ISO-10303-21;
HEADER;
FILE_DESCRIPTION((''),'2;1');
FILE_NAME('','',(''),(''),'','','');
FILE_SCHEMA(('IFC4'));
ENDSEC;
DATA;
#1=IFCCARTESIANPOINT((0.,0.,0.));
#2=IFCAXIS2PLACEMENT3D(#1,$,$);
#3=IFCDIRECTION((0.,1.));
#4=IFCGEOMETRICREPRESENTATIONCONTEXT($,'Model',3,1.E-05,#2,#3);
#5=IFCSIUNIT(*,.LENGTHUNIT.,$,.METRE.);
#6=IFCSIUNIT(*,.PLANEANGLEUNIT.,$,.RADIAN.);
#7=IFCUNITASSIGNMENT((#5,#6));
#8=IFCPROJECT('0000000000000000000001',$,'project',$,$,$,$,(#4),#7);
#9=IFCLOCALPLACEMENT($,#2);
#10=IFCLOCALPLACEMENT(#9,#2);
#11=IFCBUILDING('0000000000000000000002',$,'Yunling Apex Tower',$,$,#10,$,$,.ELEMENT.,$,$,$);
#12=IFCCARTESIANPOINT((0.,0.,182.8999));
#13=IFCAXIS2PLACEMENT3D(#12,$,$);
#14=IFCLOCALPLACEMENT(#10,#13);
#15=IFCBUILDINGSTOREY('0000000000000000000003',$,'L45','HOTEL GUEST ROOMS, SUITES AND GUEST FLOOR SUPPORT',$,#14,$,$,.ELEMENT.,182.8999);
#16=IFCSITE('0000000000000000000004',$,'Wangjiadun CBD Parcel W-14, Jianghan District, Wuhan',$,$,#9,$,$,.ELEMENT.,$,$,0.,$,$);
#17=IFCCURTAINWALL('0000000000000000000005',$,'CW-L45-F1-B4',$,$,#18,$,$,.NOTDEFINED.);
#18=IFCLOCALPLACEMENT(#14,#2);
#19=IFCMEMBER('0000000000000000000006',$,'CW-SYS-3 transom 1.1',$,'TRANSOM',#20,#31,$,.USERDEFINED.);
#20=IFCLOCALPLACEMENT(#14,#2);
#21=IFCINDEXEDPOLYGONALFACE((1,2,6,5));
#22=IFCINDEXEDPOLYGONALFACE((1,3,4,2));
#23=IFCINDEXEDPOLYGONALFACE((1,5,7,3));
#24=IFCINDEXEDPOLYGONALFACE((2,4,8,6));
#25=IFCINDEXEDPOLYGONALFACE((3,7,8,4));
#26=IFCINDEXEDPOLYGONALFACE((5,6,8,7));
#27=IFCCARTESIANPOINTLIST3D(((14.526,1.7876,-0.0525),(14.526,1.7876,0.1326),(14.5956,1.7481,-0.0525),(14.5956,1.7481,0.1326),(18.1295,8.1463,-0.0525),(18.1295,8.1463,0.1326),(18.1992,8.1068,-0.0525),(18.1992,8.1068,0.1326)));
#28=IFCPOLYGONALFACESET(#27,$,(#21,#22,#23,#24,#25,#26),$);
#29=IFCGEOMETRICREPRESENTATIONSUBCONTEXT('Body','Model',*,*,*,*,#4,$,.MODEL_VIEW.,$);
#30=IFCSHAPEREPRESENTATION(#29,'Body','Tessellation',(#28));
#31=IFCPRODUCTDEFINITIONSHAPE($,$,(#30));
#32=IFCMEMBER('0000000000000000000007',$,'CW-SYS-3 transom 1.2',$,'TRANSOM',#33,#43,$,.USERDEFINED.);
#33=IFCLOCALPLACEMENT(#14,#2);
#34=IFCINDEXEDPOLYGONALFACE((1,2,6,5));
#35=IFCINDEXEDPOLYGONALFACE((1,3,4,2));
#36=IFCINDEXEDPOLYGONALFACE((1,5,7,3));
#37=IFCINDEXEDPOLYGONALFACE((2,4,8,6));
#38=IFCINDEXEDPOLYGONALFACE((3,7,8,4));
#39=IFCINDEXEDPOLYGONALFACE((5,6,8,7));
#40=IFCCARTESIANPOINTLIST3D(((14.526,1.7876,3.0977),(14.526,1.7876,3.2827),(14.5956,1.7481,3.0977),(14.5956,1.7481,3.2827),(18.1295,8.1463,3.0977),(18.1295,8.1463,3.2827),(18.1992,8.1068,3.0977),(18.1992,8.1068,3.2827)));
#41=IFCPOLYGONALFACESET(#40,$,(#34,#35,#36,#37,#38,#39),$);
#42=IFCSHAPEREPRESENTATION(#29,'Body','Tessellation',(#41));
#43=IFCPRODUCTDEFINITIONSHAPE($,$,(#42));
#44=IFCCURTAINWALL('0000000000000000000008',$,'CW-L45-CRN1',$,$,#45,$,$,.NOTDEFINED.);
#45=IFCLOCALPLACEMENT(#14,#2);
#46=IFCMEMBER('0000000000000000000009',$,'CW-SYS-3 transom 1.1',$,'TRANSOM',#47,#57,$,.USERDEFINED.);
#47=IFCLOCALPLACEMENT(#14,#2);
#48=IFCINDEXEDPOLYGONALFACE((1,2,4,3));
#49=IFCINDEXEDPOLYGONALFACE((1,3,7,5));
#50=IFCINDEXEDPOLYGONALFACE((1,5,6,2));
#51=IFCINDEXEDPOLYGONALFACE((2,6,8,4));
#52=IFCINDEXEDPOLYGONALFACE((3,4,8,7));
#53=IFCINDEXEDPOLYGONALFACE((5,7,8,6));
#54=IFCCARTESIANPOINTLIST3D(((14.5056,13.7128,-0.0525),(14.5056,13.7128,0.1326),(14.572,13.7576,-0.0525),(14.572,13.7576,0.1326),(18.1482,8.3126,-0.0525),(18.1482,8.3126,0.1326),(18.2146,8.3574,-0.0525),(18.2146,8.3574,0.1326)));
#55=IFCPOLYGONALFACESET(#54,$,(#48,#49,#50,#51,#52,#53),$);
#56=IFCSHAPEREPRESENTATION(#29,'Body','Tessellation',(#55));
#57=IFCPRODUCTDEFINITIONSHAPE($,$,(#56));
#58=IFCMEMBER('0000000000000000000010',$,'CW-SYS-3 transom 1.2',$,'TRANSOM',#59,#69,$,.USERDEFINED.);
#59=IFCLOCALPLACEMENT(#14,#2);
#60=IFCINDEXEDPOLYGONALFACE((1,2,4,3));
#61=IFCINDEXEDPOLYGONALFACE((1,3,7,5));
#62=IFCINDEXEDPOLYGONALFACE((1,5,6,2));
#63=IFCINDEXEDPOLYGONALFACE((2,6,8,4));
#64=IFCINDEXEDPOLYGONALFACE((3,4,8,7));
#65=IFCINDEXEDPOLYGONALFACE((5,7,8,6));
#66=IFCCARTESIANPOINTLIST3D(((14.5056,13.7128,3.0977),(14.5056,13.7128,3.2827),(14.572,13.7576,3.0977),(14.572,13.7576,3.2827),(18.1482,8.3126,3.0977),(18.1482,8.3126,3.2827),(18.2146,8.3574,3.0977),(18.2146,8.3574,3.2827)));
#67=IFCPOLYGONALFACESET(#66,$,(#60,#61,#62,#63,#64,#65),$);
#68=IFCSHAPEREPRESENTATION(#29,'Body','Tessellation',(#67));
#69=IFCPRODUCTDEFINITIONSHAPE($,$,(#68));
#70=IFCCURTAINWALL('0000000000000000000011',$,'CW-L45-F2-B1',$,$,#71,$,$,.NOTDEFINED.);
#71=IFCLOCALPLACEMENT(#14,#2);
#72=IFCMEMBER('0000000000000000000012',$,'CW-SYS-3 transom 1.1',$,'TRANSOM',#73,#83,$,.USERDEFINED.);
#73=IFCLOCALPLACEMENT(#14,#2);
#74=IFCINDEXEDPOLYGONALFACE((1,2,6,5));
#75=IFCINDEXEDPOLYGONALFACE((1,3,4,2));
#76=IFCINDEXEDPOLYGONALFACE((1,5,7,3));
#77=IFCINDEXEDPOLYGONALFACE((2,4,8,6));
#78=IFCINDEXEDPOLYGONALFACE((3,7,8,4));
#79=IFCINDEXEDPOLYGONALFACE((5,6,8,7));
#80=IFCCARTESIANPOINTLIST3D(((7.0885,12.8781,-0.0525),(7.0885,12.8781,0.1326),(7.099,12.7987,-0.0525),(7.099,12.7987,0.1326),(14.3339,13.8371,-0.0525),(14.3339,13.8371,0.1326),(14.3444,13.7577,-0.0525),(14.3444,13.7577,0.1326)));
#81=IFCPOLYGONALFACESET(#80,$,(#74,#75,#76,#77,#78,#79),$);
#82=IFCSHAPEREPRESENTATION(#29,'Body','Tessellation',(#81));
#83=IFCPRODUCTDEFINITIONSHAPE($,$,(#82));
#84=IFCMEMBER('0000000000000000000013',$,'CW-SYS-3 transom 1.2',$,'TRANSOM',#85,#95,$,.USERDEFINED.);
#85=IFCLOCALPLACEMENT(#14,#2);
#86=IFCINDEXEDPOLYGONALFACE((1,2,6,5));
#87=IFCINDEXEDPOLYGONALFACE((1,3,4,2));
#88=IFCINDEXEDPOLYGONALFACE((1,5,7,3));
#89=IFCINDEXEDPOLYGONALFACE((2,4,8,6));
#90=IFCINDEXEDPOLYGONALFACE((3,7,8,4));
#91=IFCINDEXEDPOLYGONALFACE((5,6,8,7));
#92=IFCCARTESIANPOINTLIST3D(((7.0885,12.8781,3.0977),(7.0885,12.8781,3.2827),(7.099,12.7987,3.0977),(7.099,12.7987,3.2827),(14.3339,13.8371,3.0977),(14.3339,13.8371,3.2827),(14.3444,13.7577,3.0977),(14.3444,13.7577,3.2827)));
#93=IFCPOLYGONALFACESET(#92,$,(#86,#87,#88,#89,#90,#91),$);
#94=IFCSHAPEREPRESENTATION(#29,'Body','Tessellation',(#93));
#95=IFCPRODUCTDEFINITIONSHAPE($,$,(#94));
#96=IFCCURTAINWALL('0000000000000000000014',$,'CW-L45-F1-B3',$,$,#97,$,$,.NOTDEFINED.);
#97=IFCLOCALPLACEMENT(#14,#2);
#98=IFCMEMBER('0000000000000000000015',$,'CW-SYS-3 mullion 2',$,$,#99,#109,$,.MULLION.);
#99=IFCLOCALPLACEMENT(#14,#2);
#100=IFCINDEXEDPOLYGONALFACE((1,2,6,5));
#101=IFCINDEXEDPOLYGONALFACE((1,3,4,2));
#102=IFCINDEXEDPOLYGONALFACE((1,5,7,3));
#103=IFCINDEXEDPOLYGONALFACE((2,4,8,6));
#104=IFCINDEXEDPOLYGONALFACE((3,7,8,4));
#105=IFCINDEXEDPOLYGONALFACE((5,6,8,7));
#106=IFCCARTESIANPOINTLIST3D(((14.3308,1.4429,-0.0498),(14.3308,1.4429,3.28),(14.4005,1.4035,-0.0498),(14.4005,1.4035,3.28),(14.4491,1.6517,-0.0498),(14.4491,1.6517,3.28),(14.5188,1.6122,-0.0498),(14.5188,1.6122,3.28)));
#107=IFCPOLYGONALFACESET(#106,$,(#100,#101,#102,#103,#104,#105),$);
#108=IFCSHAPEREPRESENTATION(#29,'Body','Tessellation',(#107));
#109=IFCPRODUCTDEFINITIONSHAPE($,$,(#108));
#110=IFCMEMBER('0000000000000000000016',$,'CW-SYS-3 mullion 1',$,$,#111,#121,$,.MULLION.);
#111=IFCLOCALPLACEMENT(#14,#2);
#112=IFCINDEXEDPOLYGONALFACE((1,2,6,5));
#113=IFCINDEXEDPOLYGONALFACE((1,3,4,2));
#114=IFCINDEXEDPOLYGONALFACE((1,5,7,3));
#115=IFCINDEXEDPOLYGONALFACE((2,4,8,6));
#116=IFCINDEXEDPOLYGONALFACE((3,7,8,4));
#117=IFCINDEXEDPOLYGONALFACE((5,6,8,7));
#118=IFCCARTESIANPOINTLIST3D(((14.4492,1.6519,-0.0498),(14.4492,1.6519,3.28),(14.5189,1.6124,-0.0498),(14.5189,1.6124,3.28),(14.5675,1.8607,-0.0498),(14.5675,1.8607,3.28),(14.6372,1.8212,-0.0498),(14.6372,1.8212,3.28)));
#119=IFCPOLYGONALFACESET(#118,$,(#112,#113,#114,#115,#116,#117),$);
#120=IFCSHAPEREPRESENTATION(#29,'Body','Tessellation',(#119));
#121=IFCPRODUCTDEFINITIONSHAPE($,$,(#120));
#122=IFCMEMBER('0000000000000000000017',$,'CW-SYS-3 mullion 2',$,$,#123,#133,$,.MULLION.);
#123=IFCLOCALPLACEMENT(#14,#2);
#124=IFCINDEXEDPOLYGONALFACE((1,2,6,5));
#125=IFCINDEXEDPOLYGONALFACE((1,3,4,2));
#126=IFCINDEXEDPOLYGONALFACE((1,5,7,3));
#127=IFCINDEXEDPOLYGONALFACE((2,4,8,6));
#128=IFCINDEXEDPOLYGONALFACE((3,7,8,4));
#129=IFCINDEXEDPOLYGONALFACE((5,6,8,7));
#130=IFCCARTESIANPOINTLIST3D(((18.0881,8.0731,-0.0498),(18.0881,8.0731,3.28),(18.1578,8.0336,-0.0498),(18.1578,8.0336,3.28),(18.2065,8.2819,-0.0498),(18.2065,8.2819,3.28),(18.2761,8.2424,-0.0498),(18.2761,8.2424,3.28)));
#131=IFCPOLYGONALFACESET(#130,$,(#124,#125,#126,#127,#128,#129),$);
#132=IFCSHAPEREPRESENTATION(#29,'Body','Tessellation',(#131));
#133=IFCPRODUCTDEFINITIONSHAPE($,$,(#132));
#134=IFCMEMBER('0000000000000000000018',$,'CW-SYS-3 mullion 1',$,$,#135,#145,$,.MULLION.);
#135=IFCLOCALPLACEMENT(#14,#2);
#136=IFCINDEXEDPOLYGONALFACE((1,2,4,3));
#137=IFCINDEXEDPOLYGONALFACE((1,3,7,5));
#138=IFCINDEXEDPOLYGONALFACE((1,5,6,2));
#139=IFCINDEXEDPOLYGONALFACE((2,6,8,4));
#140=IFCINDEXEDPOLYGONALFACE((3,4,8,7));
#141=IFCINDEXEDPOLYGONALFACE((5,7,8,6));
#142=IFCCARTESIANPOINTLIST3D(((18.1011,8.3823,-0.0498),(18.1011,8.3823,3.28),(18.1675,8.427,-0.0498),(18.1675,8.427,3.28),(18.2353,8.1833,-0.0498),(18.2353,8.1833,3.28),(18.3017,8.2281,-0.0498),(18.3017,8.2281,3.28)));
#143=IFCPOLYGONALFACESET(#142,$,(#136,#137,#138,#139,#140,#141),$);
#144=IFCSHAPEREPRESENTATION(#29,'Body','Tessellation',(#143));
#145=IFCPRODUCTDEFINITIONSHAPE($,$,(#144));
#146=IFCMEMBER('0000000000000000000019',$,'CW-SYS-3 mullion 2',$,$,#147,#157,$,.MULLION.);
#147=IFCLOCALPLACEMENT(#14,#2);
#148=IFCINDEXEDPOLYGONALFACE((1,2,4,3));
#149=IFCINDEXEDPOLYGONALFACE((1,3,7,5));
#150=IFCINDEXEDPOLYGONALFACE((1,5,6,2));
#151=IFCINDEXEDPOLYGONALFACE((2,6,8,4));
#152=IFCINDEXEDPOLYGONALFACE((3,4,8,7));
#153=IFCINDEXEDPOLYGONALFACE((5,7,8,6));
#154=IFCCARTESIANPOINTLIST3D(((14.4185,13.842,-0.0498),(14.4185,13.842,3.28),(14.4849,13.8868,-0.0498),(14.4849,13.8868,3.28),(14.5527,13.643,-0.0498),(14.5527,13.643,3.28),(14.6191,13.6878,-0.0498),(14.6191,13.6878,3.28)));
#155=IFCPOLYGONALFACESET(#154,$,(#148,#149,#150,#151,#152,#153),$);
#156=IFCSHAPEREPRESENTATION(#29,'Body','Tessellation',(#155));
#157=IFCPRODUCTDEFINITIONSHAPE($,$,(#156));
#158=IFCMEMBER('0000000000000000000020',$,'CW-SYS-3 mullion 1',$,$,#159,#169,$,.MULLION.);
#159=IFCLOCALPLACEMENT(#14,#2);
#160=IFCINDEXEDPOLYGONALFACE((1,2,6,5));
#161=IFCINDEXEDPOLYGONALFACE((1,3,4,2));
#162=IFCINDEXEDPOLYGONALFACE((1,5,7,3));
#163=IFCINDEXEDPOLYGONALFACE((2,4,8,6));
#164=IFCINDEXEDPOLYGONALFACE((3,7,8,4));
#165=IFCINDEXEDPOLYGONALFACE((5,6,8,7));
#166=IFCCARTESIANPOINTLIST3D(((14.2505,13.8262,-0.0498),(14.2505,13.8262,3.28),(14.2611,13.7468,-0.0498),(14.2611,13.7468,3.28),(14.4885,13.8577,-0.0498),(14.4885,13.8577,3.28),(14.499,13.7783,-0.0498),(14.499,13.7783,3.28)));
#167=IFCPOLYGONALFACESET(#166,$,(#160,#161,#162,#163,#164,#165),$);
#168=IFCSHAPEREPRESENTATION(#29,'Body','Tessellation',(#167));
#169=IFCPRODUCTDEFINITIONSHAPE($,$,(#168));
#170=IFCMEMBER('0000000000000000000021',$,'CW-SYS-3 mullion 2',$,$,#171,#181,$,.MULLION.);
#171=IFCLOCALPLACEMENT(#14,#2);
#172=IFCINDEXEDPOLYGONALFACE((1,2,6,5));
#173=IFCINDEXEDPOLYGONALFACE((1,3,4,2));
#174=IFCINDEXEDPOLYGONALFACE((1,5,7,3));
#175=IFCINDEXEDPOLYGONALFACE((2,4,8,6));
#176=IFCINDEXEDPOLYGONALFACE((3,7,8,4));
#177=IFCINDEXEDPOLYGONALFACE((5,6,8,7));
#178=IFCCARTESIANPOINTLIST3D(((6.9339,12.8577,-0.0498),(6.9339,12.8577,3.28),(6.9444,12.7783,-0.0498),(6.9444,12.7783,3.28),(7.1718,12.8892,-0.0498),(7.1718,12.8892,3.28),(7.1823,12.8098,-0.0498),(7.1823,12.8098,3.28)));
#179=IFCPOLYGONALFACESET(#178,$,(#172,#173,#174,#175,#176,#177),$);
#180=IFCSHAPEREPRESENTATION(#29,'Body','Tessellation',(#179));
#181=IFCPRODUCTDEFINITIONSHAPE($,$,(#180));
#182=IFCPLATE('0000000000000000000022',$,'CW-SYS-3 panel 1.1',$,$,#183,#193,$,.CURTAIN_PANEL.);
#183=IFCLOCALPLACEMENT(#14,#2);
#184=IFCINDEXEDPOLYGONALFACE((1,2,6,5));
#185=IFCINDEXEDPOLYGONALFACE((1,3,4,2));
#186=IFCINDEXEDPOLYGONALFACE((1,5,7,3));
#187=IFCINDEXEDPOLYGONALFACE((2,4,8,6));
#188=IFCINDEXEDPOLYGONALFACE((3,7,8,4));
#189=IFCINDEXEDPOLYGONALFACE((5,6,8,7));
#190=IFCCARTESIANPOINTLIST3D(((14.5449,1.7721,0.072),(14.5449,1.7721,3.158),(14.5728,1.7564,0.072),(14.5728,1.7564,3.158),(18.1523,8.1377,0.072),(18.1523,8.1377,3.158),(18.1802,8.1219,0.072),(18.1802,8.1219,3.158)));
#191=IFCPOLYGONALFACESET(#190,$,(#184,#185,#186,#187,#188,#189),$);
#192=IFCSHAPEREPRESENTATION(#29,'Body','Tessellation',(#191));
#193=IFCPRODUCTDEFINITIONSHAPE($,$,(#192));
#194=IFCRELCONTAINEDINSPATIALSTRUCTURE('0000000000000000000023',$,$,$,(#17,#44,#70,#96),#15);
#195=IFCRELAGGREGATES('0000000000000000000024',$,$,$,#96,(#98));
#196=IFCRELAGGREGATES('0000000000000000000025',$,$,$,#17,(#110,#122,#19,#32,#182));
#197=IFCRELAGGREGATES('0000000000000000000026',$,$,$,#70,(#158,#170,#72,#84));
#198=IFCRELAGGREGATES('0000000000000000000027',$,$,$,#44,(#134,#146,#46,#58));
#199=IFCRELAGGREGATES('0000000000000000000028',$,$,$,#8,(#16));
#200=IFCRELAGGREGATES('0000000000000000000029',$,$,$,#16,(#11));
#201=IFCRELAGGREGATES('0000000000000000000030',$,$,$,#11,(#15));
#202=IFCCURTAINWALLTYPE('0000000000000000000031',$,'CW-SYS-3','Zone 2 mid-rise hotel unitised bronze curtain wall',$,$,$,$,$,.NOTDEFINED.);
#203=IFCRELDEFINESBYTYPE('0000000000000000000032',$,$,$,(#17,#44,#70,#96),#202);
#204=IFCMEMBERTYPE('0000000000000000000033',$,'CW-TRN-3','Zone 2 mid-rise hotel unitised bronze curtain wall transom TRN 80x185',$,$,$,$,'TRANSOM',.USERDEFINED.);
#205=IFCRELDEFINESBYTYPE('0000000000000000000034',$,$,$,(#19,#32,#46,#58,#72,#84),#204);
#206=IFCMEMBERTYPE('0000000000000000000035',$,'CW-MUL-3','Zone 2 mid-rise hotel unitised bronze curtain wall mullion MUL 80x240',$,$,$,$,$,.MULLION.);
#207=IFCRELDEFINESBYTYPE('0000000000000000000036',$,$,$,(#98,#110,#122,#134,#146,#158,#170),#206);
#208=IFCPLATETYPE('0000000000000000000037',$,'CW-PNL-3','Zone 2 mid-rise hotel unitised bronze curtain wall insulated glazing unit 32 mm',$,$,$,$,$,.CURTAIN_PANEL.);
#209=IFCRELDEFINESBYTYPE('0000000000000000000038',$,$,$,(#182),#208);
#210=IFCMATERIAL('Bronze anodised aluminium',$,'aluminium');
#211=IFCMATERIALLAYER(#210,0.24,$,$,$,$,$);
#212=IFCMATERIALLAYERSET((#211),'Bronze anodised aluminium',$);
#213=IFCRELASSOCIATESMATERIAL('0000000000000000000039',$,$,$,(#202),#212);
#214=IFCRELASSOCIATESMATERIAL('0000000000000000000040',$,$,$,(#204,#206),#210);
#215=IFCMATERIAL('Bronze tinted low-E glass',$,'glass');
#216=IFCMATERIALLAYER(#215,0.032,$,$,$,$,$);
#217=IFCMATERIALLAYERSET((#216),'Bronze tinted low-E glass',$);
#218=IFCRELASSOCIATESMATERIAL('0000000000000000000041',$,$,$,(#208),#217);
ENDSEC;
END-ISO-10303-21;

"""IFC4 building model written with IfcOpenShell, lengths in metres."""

from ifc_helpers import new_model, si_unit, direction, frame, origin, origin_2d, place, context, subcontext, project, spatial, rectangle, extrude, source, transform, mapped, material, layer, layer_set, material_profile, profile_set, type_object, element, aggregate, save


model = new_model("IFC4")

# Units and contexts
model_context = context("Model", 3, precision=1e-05, world=origin(), true_north=direction((0.0, 1.0)))
body_context = subcontext(model_context, "Body", "Model", "MODEL_VIEW")
ifc_project = project(units=[si_unit("LENGTHUNIT", "METRE"), si_unit("PLANEANGLEUNIT", "RADIAN")], contexts=[model_context])

# Site, building, storey
site_placement = place(None, origin())
site = spatial("IfcSite", under=ifc_project, at=site_placement, Name="Wangjiadun CBD Parcel W-14, Jianghan District, Wuhan", CompositionType="ELEMENT", RefElevation=0.0)
building_placement = place(site_placement, origin())
building = spatial("IfcBuilding", under=site, at=building_placement, Name="Yunling Apex Tower", CompositionType="ELEMENT")
storey_placement = place(building_placement, frame((0.0, 0.0, 182.8999)))
storey = spatial("IfcBuildingStorey", under=building, at=storey_placement, Name="L45", Description="HOTEL GUEST ROOMS, SUITES AND GUEST FLOOR SUPPORT", CompositionType="ELEMENT", Elevation=182.8999)

# Curtain walls, members
ifc_material_1 = material(Name="Bronze anodised aluminium", Category="aluminium")
ifc_layer_1 = layer(ifc_material_1, 0.24)
ifc_layer_set_1 = layer_set([ifc_layer_1], Name="Bronze anodised aluminium")
curtain_wall_type = type_object("IfcCurtainWallType", Name="CW-SYS-3", Description="Zone 2 mid-rise hotel unitised bronze curtain wall", PredefinedType="NOTDEFINED", material=ifc_layer_set_1)
curtain_wall_1_placement = place(storey_placement, origin())
curtain_wall_1 = element("IfcCurtainWall", 1, at=curtain_wall_1_placement, inside=storey, type_object=curtain_wall_type, Name="CW-L45-F1-B4", PredefinedType="NOTDEFINED")
ifc_material_profile_1 = material_profile(ifc_material_1, rectangle(XDim=0.0801, YDim=0.1851, at=origin_2d()))
ifc_profile_set_1 = profile_set([ifc_material_profile_1], Name="Bronze anodised aluminium")
member_type_1 = type_object("IfcMemberType", Name="CW-TRN-3", Description="Zone 2 mid-rise hotel unitised bronze curtain wall transom TRN 80x185", ElementType="TRANSOM", PredefinedType="USERDEFINED", material=ifc_profile_set_1)
shared_shape_1 = source(origin(), body_context, "Body", "SweptSolid", [
    extrude(rectangle(XDim=0.0801, YDim=0.1851, at=origin_2d()), origin(), (0.0, 0.0, 1.0), 7.3088),
])
member_1_placement = place(storey_placement, frame((14.5608, 1.7678, 0.04), z_axis=(0.493042, 0.870005, 0.0), x_axis=(-0.870005, 0.493042, 0.0)))
member_1 = element("IfcMember", 2, at=member_1_placement, type_object=member_type_1, Name="CW-SYS-3 transom 1.1", ObjectType="TRANSOM", PredefinedType="USERDEFINED", context=body_context, shape_type="MappedRepresentation", body=[
    mapped(shared_shape_1, transform((0.0, 0.0, 0.0), scale=1.0)),
])
member_2_placement = place(storey_placement, frame((14.5608, 1.7678, 3.1902), z_axis=(0.493042, 0.870005, 0.0), x_axis=(-0.870005, 0.493042, 0.0)))
member_2 = element("IfcMember", 3, at=member_2_placement, type_object=member_type_1, Name="CW-SYS-3 transom 1.2", ObjectType="TRANSOM", PredefinedType="USERDEFINED", context=body_context, shape_type="MappedRepresentation", body=[
    mapped(shared_shape_1, transform((0.0, 0.0, 0.0), scale=1.0)),
])
curtain_wall_2_placement = place(storey_placement, origin())
curtain_wall_2 = element("IfcCurtainWall", 4, at=curtain_wall_2_placement, inside=storey, type_object=curtain_wall_type, Name="CW-L45-CRN1", PredefinedType="NOTDEFINED")
shared_shape_2 = source(origin(), body_context, "Body", "SweptSolid", [
    extrude(rectangle(XDim=0.0801, YDim=0.1851, at=origin_2d()), origin(), (0.0, 0.0, 1.0), 6.5139),
])
member_3_placement = place(storey_placement, frame((18.1814, 8.335, 0.04), z_axis=(-0.559207, 0.829028, 0.0), x_axis=(-0.829028, -0.559207, 0.0)))
member_3 = element("IfcMember", 5, at=member_3_placement, type_object=member_type_1, Name="CW-SYS-3 transom 1.1", ObjectType="TRANSOM", PredefinedType="USERDEFINED", context=body_context, shape_type="MappedRepresentation", body=[
    mapped(shared_shape_2, transform((0.0, 0.0, 0.0), scale=1.0)),
])
member_4_placement = place(storey_placement, frame((18.1814, 8.335, 3.1902), z_axis=(-0.559207, 0.829028, 0.0), x_axis=(-0.829028, -0.559207, 0.0)))
member_4 = element("IfcMember", 6, at=member_4_placement, type_object=member_type_1, Name="CW-SYS-3 transom 1.2", ObjectType="TRANSOM", PredefinedType="USERDEFINED", context=body_context, shape_type="MappedRepresentation", body=[
    mapped(shared_shape_2, transform((0.0, 0.0, 0.0), scale=1.0)),
])
curtain_wall_3_placement = place(storey_placement, origin())
curtain_wall_3 = element("IfcCurtainWall", 7, at=curtain_wall_3_placement, inside=storey, type_object=curtain_wall_type, Name="CW-L45-F2-B1", PredefinedType="NOTDEFINED")
shared_shape_3 = source(origin(), body_context, "Body", "SweptSolid", [
    extrude(rectangle(XDim=0.0801, YDim=0.1851, at=origin_2d()), origin(), (0.0, 0.0, 1.0), 7.3086),
])
member_5_placement = place(storey_placement, frame((14.3391, 13.7974, 0.04), z_axis=(-0.991354, -0.131214, 0.0), x_axis=(0.131214, -0.991354, 0.0)))
member_5 = element("IfcMember", 8, at=member_5_placement, type_object=member_type_1, Name="CW-SYS-3 transom 1.1", ObjectType="TRANSOM", PredefinedType="USERDEFINED", context=body_context, shape_type="MappedRepresentation", body=[
    mapped(shared_shape_3, transform((0.0, 0.0, 0.0), scale=1.0)),
])
member_6_placement = place(storey_placement, frame((14.3391, 13.7974, 3.1902), z_axis=(-0.991354, -0.131214, 0.0), x_axis=(0.131214, -0.991354, 0.0)))
member_6 = element("IfcMember", 9, at=member_6_placement, type_object=member_type_1, Name="CW-SYS-3 transom 1.2", ObjectType="TRANSOM", PredefinedType="USERDEFINED", context=body_context, shape_type="MappedRepresentation", body=[
    mapped(shared_shape_3, transform((0.0, 0.0, 0.0), scale=1.0)),
])

# Curtain wall, member
curtain_wall_4_placement = place(storey_placement, origin())
curtain_wall_4 = element("IfcCurtainWall", 10, at=curtain_wall_4_placement, inside=storey, type_object=curtain_wall_type, Name="CW-L45-F1-B3", PredefinedType="NOTDEFINED")
ifc_material_profile_2 = material_profile(ifc_material_1, rectangle(XDim=0.0801, YDim=0.24, at=origin_2d()))
ifc_profile_set_2 = profile_set([ifc_material_profile_2], Name="Bronze anodised aluminium")
member_type_2 = type_object("IfcMemberType", Name="CW-MUL-3", Description="Zone 2 mid-rise hotel unitised bronze curtain wall mullion MUL 80x240", PredefinedType="MULLION", material=ifc_profile_set_2)
shared_shape_4 = source(origin(), body_context, "Body", "SweptSolid", [
    extrude(rectangle(XDim=0.0801, YDim=0.24, at=origin_2d()), origin(), (0.0, 0.0, 1.0), 3.3298),
])
member_7_placement = place(storey_placement, frame((14.4248, 1.5276, -0.0498), z_axis=(0.0, 0.0, 1.0), x_axis=(-0.870009, 0.493035, 0.0)))
member_7 = element("IfcMember", 11, at=member_7_placement, type_object=member_type_2, Name="CW-SYS-3 mullion 2", PredefinedType="MULLION", context=body_context, shape_type="MappedRepresentation", body=[
    mapped(shared_shape_4, transform((0.0, 0.0, 0.0), scale=1.0)),
])
aggregate(curtain_wall_4, [member_7])

# Members
member_8_placement = place(storey_placement, frame((14.5432, 1.7366, -0.0498), z_axis=(0.0, 0.0, 1.0), x_axis=(-0.870006, 0.493041, 0.0)))
member_8 = element("IfcMember", 12, at=member_8_placement, type_object=member_type_2, Name="CW-SYS-3 mullion 1", PredefinedType="MULLION", context=body_context, shape_type="MappedRepresentation", body=[
    mapped(shared_shape_4, transform((0.0, 0.0, 0.0), scale=1.0)),
])
member_9_placement = place(storey_placement, frame((18.1821, 8.1577, -0.0498), z_axis=(0.0, 0.0, 1.0), x_axis=(-0.870006, 0.493041, 0.0)))
member_9 = element("IfcMember", 13, at=member_9_placement, type_object=member_type_2, Name="CW-SYS-3 mullion 2", PredefinedType="MULLION", context=body_context, shape_type="MappedRepresentation", body=[
    mapped(shared_shape_4, transform((0.0, 0.0, 0.0), scale=1.0)),
])
member_10_placement = place(storey_placement, frame((18.2014, 8.3052, -0.0498), z_axis=(0.0, 0.0, 1.0), x_axis=(-0.829038, -0.559193, 0.0)))
member_10 = element("IfcMember", 14, at=member_10_placement, type_object=member_type_2, Name="CW-SYS-3 mullion 1", PredefinedType="MULLION", context=body_context, shape_type="MappedRepresentation", body=[
    mapped(shared_shape_4, transform((0.0, 0.0, 0.0), scale=1.0)),
])
member_11_placement = place(storey_placement, frame((14.5188, 13.7649, -0.0498), z_axis=(0.0, 0.0, 1.0), x_axis=(-0.829038, -0.559193, 0.0)))
member_11 = element("IfcMember", 15, at=member_11_placement, type_object=member_type_2, Name="CW-SYS-3 mullion 2", PredefinedType="MULLION", context=body_context, shape_type="MappedRepresentation", body=[
    mapped(shared_shape_4, transform((0.0, 0.0, 0.0), scale=1.0)),
])
member_12_placement = place(storey_placement, frame((14.3748, 13.8022, -0.0498), z_axis=(0.0, 0.0, 1.0), x_axis=(0.131222, -0.991353, 0.0)))
member_12 = element("IfcMember", 16, at=member_12_placement, type_object=member_type_2, Name="CW-SYS-3 mullion 1", PredefinedType="MULLION", context=body_context, shape_type="MappedRepresentation", body=[
    mapped(shared_shape_4, transform((0.0, 0.0, 0.0), scale=1.0)),
])
member_13_placement = place(storey_placement, frame((7.0581, 12.8337, -0.0498), z_axis=(0.0, 0.0, 1.0), x_axis=(0.131222, -0.991353, 0.0)))
member_13 = element("IfcMember", 17, at=member_13_placement, type_object=member_type_2, Name="CW-SYS-3 mullion 2", PredefinedType="MULLION", context=body_context, shape_type="MappedRepresentation", body=[
    mapped(shared_shape_4, transform((0.0, 0.0, 0.0), scale=1.0)),
])

# Plate
ifc_material_2 = material(Name="Bronze tinted low-E glass", Category="glass")
ifc_layer_2 = layer(ifc_material_2, 0.032)
ifc_layer_set_2 = layer_set([ifc_layer_2], Name="Bronze tinted low-E glass")
plate_type = type_object("IfcPlateType", Name="CW-PNL-3", Description="Zone 2 mid-rise hotel unitised bronze curtain wall insulated glazing unit 32 mm", PredefinedType="CURTAIN_PANEL", material=ifc_layer_set_2)
shared_shape_5 = source(origin(), body_context, "Body", "SweptSolid", [
    extrude(rectangle(XDim=7.3167, YDim=0.032, at=origin_2d()), origin(), (0.0, 0.0, 1.0), 3.0859),
])
plate_1_placement = place(storey_placement, frame((16.3625, 4.947, 0.072), z_axis=(0.0, 0.0, 1.0), x_axis=(0.493041, 0.870006, 0.0)))
plate_1 = element("IfcPlate", 18, at=plate_1_placement, type_object=plate_type, Name="CW-SYS-3 panel 1.1", PredefinedType="CURTAIN_PANEL", context=body_context, shape_type="MappedRepresentation", body=[
    mapped(shared_shape_5, transform((0.0, 0.0, 0.0), scale=1.0)),
])
aggregate(curtain_wall_1, [member_8, member_9, member_1, member_2, plate_1])
aggregate(curtain_wall_3, [member_12, member_13, member_5, member_6])
aggregate(curtain_wall_2, [member_10, member_11, member_3, member_4])

save(model, "model.ifc")
